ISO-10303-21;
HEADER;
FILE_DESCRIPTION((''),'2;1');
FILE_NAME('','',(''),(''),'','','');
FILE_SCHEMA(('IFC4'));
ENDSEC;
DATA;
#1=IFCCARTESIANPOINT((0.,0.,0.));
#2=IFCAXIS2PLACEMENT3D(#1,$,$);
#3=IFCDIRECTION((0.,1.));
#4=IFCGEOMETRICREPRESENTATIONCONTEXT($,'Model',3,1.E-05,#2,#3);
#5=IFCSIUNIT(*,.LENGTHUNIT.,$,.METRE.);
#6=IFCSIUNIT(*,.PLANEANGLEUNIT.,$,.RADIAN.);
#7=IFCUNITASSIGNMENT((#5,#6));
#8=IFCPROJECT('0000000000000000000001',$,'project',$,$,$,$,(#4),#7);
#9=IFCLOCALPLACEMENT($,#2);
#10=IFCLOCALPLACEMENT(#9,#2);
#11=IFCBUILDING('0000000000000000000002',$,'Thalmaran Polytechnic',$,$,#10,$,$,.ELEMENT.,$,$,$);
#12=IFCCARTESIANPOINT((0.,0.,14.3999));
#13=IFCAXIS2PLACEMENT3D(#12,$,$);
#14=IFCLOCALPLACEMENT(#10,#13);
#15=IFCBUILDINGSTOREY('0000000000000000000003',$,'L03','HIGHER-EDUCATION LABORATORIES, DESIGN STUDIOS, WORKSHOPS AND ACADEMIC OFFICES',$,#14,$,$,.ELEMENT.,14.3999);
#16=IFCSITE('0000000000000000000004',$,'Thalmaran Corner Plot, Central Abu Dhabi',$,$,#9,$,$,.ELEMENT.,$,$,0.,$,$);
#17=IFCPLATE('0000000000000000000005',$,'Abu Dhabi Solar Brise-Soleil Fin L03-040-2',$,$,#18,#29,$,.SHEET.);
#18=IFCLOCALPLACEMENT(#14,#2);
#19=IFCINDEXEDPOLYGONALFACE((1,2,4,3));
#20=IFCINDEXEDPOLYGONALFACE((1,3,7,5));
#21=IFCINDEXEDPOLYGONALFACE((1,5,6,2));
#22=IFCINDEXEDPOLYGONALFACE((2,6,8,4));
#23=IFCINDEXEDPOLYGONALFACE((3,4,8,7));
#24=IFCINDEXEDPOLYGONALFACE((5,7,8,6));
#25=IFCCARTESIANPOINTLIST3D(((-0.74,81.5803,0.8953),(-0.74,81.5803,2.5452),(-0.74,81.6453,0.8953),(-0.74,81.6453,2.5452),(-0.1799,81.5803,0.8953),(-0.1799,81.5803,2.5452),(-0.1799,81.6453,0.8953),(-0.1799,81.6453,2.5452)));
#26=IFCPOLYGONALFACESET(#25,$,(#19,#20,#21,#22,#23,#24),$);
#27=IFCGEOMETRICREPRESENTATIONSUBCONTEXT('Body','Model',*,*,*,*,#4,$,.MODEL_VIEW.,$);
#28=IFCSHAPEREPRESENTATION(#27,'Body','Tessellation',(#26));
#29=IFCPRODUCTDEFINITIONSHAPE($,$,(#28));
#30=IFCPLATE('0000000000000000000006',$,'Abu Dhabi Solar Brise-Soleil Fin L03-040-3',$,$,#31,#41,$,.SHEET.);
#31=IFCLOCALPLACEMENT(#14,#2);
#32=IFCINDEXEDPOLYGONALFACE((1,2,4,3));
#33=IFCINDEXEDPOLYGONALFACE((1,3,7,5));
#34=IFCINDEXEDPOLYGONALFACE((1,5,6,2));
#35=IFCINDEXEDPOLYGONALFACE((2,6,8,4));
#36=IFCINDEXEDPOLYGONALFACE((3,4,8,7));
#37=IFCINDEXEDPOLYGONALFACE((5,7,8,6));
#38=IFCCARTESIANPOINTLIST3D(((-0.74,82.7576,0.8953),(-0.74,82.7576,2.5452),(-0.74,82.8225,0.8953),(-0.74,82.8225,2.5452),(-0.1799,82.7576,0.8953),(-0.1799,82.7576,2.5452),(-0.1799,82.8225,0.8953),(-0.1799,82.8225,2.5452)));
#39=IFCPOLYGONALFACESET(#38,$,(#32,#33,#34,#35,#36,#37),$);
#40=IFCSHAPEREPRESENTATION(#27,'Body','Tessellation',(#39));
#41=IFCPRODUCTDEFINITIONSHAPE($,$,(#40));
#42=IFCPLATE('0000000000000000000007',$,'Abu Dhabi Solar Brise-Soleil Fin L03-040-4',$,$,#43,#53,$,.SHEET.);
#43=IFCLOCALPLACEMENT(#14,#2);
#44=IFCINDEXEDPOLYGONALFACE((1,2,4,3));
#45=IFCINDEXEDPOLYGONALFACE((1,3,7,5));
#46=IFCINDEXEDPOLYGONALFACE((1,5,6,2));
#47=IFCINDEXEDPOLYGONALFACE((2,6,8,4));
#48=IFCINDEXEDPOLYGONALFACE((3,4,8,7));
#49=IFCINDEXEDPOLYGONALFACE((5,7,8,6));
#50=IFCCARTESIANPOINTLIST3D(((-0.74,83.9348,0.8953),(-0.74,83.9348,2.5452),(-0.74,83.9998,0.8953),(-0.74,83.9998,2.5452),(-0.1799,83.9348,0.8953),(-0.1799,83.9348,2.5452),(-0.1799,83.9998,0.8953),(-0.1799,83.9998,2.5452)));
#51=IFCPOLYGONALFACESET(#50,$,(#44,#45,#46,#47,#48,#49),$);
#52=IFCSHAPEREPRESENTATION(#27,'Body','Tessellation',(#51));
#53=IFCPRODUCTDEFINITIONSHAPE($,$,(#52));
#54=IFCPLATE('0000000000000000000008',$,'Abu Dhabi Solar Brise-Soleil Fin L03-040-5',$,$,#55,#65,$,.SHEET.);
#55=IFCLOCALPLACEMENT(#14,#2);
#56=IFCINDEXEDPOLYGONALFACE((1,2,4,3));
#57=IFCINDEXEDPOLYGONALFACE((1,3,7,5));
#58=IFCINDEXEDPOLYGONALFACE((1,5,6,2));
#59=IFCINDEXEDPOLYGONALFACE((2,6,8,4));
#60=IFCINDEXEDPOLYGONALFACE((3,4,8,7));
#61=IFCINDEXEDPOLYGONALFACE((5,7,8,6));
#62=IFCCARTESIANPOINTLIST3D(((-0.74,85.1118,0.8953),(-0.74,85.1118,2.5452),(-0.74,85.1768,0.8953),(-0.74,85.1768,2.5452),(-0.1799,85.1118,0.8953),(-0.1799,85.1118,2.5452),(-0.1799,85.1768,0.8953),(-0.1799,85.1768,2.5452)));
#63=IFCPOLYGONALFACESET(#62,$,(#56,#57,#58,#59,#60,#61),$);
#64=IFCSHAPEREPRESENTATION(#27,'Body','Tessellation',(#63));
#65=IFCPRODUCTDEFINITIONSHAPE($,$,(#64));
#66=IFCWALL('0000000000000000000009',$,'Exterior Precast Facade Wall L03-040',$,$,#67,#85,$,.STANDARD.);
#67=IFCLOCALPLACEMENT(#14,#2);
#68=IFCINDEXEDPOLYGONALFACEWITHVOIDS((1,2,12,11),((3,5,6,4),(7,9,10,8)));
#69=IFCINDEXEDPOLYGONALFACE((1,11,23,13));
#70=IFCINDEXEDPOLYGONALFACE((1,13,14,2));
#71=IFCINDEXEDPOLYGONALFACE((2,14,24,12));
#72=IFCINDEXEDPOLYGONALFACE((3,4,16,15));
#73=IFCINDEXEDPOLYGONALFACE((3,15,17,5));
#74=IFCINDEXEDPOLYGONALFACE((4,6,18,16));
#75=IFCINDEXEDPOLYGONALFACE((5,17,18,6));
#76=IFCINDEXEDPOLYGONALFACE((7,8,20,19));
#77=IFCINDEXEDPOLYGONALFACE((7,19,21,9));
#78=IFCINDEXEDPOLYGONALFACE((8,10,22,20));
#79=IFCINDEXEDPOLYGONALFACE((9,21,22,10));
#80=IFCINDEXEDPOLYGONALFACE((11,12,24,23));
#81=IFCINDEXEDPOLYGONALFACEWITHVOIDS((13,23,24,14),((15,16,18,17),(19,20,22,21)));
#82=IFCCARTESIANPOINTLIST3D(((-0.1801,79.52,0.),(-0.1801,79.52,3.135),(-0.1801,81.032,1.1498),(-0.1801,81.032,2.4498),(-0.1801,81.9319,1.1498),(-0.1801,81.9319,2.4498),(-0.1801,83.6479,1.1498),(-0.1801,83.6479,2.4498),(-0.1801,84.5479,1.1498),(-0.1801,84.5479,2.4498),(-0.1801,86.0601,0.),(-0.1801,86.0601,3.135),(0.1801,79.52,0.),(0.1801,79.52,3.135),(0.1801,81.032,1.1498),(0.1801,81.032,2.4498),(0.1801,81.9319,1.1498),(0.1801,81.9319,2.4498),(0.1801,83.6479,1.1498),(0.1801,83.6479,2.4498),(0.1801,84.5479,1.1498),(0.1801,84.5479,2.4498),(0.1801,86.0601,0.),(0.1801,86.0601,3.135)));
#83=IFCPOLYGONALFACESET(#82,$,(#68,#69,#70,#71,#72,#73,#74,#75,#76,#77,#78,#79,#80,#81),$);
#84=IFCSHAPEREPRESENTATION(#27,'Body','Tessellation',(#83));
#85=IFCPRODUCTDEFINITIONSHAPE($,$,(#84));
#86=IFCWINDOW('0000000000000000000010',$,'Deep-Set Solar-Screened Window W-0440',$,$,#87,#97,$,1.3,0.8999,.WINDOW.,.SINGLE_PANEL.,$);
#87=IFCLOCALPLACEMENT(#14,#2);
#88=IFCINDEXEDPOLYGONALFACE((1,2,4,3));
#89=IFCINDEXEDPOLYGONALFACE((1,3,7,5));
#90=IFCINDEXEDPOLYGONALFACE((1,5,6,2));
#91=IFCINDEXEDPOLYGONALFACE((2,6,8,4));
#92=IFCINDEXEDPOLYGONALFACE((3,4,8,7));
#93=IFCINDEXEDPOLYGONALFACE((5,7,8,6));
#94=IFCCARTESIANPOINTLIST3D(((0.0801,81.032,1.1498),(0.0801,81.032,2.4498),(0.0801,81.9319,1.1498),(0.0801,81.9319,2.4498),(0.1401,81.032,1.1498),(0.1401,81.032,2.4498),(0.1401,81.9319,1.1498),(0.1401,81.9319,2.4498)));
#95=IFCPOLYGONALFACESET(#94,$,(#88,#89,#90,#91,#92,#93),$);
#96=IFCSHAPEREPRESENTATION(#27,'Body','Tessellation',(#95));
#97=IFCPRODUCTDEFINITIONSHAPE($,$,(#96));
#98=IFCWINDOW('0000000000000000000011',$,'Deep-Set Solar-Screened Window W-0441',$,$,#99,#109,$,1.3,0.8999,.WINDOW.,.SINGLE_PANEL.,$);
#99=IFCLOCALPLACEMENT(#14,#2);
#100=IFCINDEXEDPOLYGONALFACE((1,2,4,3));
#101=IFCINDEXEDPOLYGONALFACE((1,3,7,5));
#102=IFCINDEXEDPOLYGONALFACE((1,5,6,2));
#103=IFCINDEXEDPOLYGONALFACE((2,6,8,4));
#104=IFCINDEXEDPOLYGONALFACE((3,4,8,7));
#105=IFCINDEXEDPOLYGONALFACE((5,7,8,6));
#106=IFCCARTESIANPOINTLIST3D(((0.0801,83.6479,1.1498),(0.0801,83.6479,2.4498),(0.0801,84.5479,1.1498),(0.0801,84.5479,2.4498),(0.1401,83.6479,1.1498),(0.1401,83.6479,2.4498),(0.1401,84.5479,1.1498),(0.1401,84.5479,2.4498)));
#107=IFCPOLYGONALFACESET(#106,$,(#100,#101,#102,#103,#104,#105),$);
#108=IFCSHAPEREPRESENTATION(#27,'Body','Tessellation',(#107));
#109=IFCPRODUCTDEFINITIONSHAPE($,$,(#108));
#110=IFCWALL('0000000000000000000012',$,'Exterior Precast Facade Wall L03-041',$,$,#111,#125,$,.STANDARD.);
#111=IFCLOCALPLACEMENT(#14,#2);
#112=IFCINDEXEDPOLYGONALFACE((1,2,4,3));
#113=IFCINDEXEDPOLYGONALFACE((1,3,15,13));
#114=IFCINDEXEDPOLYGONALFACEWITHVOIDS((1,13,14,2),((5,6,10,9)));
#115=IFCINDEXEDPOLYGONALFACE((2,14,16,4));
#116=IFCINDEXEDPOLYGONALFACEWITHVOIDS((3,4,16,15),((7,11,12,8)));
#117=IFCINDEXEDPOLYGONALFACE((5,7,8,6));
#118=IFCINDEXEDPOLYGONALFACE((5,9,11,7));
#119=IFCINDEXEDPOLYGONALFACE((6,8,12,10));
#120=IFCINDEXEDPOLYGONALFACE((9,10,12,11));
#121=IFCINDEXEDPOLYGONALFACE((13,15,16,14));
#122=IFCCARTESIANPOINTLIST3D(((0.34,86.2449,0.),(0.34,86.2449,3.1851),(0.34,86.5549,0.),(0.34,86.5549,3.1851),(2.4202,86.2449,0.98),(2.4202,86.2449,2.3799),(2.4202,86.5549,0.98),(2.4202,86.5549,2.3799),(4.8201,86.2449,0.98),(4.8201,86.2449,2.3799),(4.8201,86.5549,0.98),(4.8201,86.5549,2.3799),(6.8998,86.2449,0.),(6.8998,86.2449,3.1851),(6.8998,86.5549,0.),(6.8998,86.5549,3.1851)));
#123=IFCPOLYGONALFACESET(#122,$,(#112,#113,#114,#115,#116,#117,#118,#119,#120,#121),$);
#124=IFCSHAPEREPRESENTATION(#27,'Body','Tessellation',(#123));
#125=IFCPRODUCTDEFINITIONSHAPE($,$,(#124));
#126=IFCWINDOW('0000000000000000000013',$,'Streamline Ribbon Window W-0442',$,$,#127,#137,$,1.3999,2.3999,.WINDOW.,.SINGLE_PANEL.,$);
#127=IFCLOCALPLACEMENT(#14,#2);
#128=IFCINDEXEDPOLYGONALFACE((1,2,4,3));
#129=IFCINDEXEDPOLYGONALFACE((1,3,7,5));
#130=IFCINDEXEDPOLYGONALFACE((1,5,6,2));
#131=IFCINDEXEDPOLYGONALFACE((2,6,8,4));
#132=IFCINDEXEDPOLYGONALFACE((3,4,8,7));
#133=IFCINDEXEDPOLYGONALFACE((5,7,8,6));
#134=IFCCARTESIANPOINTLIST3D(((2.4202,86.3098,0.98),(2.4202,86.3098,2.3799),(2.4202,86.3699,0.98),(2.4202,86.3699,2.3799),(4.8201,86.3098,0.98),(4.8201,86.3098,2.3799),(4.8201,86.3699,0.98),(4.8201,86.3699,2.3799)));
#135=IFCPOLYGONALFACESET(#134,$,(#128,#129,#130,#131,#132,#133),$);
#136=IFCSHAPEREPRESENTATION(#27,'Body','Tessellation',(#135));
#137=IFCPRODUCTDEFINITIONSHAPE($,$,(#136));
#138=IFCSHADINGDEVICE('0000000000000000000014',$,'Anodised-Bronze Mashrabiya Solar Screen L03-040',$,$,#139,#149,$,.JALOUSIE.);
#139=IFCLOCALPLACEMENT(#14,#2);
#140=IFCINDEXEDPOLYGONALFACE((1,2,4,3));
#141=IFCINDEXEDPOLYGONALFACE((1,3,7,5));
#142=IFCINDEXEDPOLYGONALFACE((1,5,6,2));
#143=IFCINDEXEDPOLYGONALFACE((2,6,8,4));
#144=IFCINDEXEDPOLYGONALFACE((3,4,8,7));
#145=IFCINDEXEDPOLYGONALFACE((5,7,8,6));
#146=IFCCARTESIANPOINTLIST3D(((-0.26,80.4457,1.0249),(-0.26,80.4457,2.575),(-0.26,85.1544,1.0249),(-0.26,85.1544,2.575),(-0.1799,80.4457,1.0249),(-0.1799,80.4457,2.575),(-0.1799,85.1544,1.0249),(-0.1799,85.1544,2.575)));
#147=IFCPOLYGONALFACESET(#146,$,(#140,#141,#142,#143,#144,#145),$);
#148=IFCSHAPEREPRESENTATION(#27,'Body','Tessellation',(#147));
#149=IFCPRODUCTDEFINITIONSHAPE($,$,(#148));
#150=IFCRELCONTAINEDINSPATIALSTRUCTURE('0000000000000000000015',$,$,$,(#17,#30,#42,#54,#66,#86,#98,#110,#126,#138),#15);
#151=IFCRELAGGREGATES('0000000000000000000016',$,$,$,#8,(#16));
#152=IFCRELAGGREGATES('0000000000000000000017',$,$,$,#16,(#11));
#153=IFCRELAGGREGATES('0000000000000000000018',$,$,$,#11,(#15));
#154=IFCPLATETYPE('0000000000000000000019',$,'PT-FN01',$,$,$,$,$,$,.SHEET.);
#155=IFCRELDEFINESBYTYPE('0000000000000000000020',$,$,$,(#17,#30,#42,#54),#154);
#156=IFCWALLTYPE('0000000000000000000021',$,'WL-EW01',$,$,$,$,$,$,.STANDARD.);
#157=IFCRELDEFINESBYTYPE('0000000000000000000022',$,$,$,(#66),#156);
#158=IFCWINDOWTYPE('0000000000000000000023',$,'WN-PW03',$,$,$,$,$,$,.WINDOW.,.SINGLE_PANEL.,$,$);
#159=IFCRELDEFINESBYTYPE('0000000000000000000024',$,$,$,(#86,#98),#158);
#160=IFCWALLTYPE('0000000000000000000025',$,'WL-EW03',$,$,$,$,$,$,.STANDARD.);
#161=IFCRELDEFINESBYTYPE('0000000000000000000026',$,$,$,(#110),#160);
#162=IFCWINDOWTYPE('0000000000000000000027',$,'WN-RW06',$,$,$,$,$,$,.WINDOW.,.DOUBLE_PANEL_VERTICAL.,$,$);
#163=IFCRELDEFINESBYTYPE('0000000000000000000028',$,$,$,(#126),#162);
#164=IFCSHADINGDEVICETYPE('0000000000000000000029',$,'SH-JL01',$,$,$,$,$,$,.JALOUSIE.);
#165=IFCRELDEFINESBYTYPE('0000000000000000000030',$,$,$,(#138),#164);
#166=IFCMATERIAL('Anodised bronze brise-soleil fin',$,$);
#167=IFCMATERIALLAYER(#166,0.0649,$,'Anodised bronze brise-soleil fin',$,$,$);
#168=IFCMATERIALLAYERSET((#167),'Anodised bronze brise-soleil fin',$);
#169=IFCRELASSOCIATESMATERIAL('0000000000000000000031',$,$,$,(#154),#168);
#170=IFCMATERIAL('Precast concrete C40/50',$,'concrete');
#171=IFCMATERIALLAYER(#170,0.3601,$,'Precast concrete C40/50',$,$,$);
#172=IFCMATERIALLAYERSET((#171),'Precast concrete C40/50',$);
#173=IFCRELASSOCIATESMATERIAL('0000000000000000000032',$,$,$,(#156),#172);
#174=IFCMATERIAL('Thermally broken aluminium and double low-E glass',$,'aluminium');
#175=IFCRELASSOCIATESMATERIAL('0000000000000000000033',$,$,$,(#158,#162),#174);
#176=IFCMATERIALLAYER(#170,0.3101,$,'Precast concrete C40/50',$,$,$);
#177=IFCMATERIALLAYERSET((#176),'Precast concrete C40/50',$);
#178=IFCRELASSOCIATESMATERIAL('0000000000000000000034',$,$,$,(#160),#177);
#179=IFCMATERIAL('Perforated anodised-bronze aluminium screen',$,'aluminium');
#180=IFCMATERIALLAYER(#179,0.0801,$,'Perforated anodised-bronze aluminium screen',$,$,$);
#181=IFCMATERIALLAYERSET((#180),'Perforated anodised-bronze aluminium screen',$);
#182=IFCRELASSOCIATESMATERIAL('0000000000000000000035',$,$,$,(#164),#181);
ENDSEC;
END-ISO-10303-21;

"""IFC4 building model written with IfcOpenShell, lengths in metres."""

from ifc_helpers import new_model, si_unit, direction, frame, frame_2d, origin, origin_2d, place, context, subcontext, project, spatial, rectangle, extrude, material, layer, layer_set, type_object, element, fill, save


model = new_model("IFC4")

# Units and contexts
model_context = context("Model", 3, precision=1e-05, world=origin(), true_north=direction((0.0, 1.0)))
body_context = subcontext(model_context, "Body", "Model", "MODEL_VIEW")
ifc_project = project(units=[si_unit("LENGTHUNIT", "METRE"), si_unit("PLANEANGLEUNIT", "RADIAN")], contexts=[model_context])

# Site, building, storey
site_placement = place(None, origin())
site = spatial("IfcSite", under=ifc_project, at=site_placement, Name="Thalmaran Corner Plot, Central Abu Dhabi", CompositionType="ELEMENT", RefElevation=0.0)
building_placement = place(site_placement, origin())
building = spatial("IfcBuilding", under=site, at=building_placement, Name="Thalmaran Polytechnic", CompositionType="ELEMENT")
storey_placement = place(building_placement, frame((0.0, 0.0, 14.3999)))
storey = spatial("IfcBuildingStorey", under=building, at=storey_placement, Name="L03", Description="HIGHER-EDUCATION LABORATORIES, DESIGN STUDIOS, WORKSHOPS AND ACADEMIC OFFICES", CompositionType="ELEMENT", Elevation=14.3999)

# Plates
ifc_material_1 = material(Name="Anodised bronze brise-soleil fin")
ifc_layer_1 = layer(ifc_material_1, 0.0649, Name="Anodised bronze brise-soleil fin")
ifc_layer_set_1 = layer_set([ifc_layer_1], Name="Anodised bronze brise-soleil fin")
plate_type_1 = type_object("IfcPlateType", Name="PT-FN01", PredefinedType="SHEET", material=ifc_layer_set_1)
for number, where, z_axis, x_axis, name in (
    (1, (-0.46, 81.6128, 0.8953), (0.0, 0.0, 1.0), (0.0, 1.0, 0.0), "Abu Dhabi Solar Brise-Soleil Fin L03-040-2"),
    (2, (-0.46, 82.79, 0.8953), (0.0, 0.0, 1.0), (0.0, 1.0, 0.0), "Abu Dhabi Solar Brise-Soleil Fin L03-040-3"),
    (3, (-0.46, 83.9673, 0.8953), (0.0, 0.0, 1.0), (0.0, 1.0, 0.0), "Abu Dhabi Solar Brise-Soleil Fin L03-040-4"),
    (4, (-0.46, 85.1443, 0.8953), (0.0, 0.0, 1.0), (0.0, 1.0, 0.0), "Abu Dhabi Solar Brise-Soleil Fin L03-040-5"),
):
    element("IfcPlate", number, at=place(storey_placement, frame(where, z_axis=z_axis, x_axis=x_axis)), inside=storey, type_object=plate_type_1, Name=name, PredefinedType="SHEET", context=body_context, shape_type="SweptSolid", body=[
        extrude(rectangle(XDim=0.0649, YDim=0.5601, at=origin_2d()), origin(), (0.0, 0.0, 1.0), 1.6499),
    ])

# Wall, openings, windows
ifc_material_2 = material(Name="Precast concrete C40/50", Category="concrete")
ifc_layer_2 = layer(ifc_material_2, 0.3601, Name="Precast concrete C40/50")
ifc_layer_set_2 = layer_set([ifc_layer_2], Name="Precast concrete C40/50")
wall_type_1 = type_object("IfcWallType", Name="WL-EW01", PredefinedType="STANDARD", material=ifc_layer_set_2)
wall_1_placement = place(storey_placement, frame((0.0, 79.52, 0.0), z_axis=(0.0, 0.0, 1.0), x_axis=(0.0, 1.0, 0.0)))
wall_1 = element("IfcWall", 5, at=wall_1_placement, inside=storey, type_object=wall_type_1, Name="Exterior Precast Facade Wall L03-040", PredefinedType="STANDARD", context=body_context, shape_type="SweptSolid", body=[
    extrude(rectangle(XDim=6.54, YDim=0.3601, at=frame_2d((3.27, 0.0))), origin(), (0.0, 0.0, 1.0), 3.135),
])
opening_1_placement = place(wall_1_placement, frame((1.512, 0.0, 1.1499)))
opening_1 = element("IfcOpeningElement", 6, at=opening_1_placement, cuts=wall_1, PredefinedType="OPENING", context=body_context, shape_type="SweptSolid", body=[
    extrude(rectangle(XDim=0.8999, YDim=1.3, at=frame_2d((0.45, 0.6499))), frame((0.0, 0.1899, 0.0), z_axis=(0.0, -1.0, 0.0), x_axis=(1.0, 0.0, 0.0)), (0.0, 0.0, 1.0), 0.3801),
])
opening_2_placement = place(wall_1_placement, frame((4.1279, 0.0, 1.1499)))
opening_2 = element("IfcOpeningElement", 7, at=opening_2_placement, cuts=wall_1, PredefinedType="OPENING", context=body_context, shape_type="SweptSolid", body=[
    extrude(rectangle(XDim=0.8999, YDim=1.3, at=frame_2d((0.45, 0.6499))), frame((0.0, 0.1899, 0.0), z_axis=(0.0, -1.0, 0.0), x_axis=(1.0, 0.0, 0.0)), (0.0, 0.0, 1.0), 0.3801),
])
ifc_material_3 = material(Name="Thermally broken aluminium and double low-E glass", Category="aluminium")
window_type_1 = type_object("IfcWindowType", Name="WN-PW03", PartitioningType="SINGLE_PANEL", PredefinedType="WINDOW", material=ifc_material_3)
window_1_placement = place(opening_1_placement, origin())
window_1 = element("IfcWindow", 8, at=window_1_placement, inside=storey, type_object=window_type_1, Name="Deep-Set Solar-Screened Window W-0440", OverallHeight=1.3, OverallWidth=0.8999, PartitioningType="SINGLE_PANEL", PredefinedType="WINDOW", context=body_context, shape_type="SweptSolid", body=[
    extrude(rectangle(XDim=0.8999, YDim=1.3, at=frame_2d((0.45, 0.6499))), frame((0.0, -0.0801, 0.0), z_axis=(0.0, -1.0, 0.0), x_axis=(1.0, 0.0, 0.0)), (0.0, 0.0, 1.0), 0.0601),
])
fill(opening_1, window_1)
window_2_placement = place(opening_2_placement, origin())
window_2 = element("IfcWindow", 9, at=window_2_placement, inside=storey, type_object=window_type_1, Name="Deep-Set Solar-Screened Window W-0441", OverallHeight=1.3, OverallWidth=0.8999, PartitioningType="SINGLE_PANEL", PredefinedType="WINDOW", context=body_context, shape_type="SweptSolid", body=[
    extrude(rectangle(XDim=0.8999, YDim=1.3, at=frame_2d((0.45, 0.6499))), frame((0.0, -0.0801, 0.0), z_axis=(0.0, -1.0, 0.0), x_axis=(1.0, 0.0, 0.0)), (0.0, 0.0, 1.0), 0.0601),
])
fill(opening_2, window_2)

# Wall, opening, window
ifc_layer_3 = layer(ifc_material_2, 0.3101, Name="Precast concrete C40/50")
ifc_layer_set_3 = layer_set([ifc_layer_3], Name="Precast concrete C40/50")
wall_type_2 = type_object("IfcWallType", Name="WL-EW03", PredefinedType="STANDARD", material=ifc_layer_set_3)
wall_2_placement = place(storey_placement, frame((0.3401, 86.3999, 0.0), z_axis=(0.0, 0.0, 1.0), x_axis=(1.0, 0.0, 0.0)))
wall_2 = element("IfcWall", 10, at=wall_2_placement, inside=storey, type_object=wall_type_2, Name="Exterior Precast Facade Wall L03-041", PredefinedType="STANDARD", context=body_context, shape_type="SweptSolid", body=[
    extrude(rectangle(XDim=6.5598, YDim=0.3101, at=frame_2d((3.2798, 0.0))), origin(), (0.0, 0.0, 1.0), 3.1851),
])
opening_3_placement = place(wall_2_placement, frame((2.0801, 0.0, 0.98)))
opening_3 = element("IfcOpeningElement", 11, at=opening_3_placement, cuts=wall_2, PredefinedType="OPENING", context=body_context, shape_type="SweptSolid", body=[
    extrude(rectangle(XDim=2.3999, YDim=1.3999, at=frame_2d((1.2, 0.7))), frame((0.0, 0.165, 0.0), z_axis=(0.0, -1.0, 0.0), x_axis=(1.0, 0.0, 0.0)), (0.0, 0.0, 1.0), 0.3301),
])
window_type_2 = type_object("IfcWindowType", Name="WN-RW06", PartitioningType="DOUBLE_PANEL_VERTICAL", PredefinedType="WINDOW", material=ifc_material_3)
window_3_placement = place(opening_3_placement, origin())
window_3 = element("IfcWindow", 12, at=window_3_placement, inside=storey, type_object=window_type_2, Name="Streamline Ribbon Window W-0442", OverallHeight=1.3999, OverallWidth=2.3999, PartitioningType="SINGLE_PANEL", PredefinedType="WINDOW", context=body_context, shape_type="SweptSolid", body=[
    extrude(rectangle(XDim=2.3999, YDim=1.3999, at=frame_2d((1.2, 0.7))), frame((0.0, -0.03, 0.0), z_axis=(0.0, -1.0, 0.0), x_axis=(1.0, 0.0, 0.0)), (0.0, 0.0, 1.0), 0.0601),
])
fill(opening_3, window_3)

# Shading device
ifc_material_4 = material(Name="Perforated anodised-bronze aluminium screen", Category="aluminium")
ifc_layer_4 = layer(ifc_material_4, 0.0801, Name="Perforated anodised-bronze aluminium screen")
ifc_layer_set_4 = layer_set([ifc_layer_4], Name="Perforated anodised-bronze aluminium screen")
shading_device_type = type_object("IfcShadingDeviceType", Name="SH-JL01", PredefinedType="JALOUSIE", material=ifc_layer_set_4)
shading_device_placement = place(storey_placement, frame((-0.22, 82.8, 1.0249), z_axis=(0.0, 0.0, 1.0), x_axis=(0.0, 1.0, 0.0)))
element("IfcShadingDevice", 13, at=shading_device_placement, inside=storey, type_object=shading_device_type, Name="Anodised-Bronze Mashrabiya Solar Screen L03-040", PredefinedType="JALOUSIE", context=body_context, shape_type="SweptSolid", body=[
    extrude(rectangle(XDim=4.7087, YDim=0.0801, at=origin_2d()), origin(), (0.0, 0.0, 1.0), 1.55),
])

save(model, "model.ifc")
